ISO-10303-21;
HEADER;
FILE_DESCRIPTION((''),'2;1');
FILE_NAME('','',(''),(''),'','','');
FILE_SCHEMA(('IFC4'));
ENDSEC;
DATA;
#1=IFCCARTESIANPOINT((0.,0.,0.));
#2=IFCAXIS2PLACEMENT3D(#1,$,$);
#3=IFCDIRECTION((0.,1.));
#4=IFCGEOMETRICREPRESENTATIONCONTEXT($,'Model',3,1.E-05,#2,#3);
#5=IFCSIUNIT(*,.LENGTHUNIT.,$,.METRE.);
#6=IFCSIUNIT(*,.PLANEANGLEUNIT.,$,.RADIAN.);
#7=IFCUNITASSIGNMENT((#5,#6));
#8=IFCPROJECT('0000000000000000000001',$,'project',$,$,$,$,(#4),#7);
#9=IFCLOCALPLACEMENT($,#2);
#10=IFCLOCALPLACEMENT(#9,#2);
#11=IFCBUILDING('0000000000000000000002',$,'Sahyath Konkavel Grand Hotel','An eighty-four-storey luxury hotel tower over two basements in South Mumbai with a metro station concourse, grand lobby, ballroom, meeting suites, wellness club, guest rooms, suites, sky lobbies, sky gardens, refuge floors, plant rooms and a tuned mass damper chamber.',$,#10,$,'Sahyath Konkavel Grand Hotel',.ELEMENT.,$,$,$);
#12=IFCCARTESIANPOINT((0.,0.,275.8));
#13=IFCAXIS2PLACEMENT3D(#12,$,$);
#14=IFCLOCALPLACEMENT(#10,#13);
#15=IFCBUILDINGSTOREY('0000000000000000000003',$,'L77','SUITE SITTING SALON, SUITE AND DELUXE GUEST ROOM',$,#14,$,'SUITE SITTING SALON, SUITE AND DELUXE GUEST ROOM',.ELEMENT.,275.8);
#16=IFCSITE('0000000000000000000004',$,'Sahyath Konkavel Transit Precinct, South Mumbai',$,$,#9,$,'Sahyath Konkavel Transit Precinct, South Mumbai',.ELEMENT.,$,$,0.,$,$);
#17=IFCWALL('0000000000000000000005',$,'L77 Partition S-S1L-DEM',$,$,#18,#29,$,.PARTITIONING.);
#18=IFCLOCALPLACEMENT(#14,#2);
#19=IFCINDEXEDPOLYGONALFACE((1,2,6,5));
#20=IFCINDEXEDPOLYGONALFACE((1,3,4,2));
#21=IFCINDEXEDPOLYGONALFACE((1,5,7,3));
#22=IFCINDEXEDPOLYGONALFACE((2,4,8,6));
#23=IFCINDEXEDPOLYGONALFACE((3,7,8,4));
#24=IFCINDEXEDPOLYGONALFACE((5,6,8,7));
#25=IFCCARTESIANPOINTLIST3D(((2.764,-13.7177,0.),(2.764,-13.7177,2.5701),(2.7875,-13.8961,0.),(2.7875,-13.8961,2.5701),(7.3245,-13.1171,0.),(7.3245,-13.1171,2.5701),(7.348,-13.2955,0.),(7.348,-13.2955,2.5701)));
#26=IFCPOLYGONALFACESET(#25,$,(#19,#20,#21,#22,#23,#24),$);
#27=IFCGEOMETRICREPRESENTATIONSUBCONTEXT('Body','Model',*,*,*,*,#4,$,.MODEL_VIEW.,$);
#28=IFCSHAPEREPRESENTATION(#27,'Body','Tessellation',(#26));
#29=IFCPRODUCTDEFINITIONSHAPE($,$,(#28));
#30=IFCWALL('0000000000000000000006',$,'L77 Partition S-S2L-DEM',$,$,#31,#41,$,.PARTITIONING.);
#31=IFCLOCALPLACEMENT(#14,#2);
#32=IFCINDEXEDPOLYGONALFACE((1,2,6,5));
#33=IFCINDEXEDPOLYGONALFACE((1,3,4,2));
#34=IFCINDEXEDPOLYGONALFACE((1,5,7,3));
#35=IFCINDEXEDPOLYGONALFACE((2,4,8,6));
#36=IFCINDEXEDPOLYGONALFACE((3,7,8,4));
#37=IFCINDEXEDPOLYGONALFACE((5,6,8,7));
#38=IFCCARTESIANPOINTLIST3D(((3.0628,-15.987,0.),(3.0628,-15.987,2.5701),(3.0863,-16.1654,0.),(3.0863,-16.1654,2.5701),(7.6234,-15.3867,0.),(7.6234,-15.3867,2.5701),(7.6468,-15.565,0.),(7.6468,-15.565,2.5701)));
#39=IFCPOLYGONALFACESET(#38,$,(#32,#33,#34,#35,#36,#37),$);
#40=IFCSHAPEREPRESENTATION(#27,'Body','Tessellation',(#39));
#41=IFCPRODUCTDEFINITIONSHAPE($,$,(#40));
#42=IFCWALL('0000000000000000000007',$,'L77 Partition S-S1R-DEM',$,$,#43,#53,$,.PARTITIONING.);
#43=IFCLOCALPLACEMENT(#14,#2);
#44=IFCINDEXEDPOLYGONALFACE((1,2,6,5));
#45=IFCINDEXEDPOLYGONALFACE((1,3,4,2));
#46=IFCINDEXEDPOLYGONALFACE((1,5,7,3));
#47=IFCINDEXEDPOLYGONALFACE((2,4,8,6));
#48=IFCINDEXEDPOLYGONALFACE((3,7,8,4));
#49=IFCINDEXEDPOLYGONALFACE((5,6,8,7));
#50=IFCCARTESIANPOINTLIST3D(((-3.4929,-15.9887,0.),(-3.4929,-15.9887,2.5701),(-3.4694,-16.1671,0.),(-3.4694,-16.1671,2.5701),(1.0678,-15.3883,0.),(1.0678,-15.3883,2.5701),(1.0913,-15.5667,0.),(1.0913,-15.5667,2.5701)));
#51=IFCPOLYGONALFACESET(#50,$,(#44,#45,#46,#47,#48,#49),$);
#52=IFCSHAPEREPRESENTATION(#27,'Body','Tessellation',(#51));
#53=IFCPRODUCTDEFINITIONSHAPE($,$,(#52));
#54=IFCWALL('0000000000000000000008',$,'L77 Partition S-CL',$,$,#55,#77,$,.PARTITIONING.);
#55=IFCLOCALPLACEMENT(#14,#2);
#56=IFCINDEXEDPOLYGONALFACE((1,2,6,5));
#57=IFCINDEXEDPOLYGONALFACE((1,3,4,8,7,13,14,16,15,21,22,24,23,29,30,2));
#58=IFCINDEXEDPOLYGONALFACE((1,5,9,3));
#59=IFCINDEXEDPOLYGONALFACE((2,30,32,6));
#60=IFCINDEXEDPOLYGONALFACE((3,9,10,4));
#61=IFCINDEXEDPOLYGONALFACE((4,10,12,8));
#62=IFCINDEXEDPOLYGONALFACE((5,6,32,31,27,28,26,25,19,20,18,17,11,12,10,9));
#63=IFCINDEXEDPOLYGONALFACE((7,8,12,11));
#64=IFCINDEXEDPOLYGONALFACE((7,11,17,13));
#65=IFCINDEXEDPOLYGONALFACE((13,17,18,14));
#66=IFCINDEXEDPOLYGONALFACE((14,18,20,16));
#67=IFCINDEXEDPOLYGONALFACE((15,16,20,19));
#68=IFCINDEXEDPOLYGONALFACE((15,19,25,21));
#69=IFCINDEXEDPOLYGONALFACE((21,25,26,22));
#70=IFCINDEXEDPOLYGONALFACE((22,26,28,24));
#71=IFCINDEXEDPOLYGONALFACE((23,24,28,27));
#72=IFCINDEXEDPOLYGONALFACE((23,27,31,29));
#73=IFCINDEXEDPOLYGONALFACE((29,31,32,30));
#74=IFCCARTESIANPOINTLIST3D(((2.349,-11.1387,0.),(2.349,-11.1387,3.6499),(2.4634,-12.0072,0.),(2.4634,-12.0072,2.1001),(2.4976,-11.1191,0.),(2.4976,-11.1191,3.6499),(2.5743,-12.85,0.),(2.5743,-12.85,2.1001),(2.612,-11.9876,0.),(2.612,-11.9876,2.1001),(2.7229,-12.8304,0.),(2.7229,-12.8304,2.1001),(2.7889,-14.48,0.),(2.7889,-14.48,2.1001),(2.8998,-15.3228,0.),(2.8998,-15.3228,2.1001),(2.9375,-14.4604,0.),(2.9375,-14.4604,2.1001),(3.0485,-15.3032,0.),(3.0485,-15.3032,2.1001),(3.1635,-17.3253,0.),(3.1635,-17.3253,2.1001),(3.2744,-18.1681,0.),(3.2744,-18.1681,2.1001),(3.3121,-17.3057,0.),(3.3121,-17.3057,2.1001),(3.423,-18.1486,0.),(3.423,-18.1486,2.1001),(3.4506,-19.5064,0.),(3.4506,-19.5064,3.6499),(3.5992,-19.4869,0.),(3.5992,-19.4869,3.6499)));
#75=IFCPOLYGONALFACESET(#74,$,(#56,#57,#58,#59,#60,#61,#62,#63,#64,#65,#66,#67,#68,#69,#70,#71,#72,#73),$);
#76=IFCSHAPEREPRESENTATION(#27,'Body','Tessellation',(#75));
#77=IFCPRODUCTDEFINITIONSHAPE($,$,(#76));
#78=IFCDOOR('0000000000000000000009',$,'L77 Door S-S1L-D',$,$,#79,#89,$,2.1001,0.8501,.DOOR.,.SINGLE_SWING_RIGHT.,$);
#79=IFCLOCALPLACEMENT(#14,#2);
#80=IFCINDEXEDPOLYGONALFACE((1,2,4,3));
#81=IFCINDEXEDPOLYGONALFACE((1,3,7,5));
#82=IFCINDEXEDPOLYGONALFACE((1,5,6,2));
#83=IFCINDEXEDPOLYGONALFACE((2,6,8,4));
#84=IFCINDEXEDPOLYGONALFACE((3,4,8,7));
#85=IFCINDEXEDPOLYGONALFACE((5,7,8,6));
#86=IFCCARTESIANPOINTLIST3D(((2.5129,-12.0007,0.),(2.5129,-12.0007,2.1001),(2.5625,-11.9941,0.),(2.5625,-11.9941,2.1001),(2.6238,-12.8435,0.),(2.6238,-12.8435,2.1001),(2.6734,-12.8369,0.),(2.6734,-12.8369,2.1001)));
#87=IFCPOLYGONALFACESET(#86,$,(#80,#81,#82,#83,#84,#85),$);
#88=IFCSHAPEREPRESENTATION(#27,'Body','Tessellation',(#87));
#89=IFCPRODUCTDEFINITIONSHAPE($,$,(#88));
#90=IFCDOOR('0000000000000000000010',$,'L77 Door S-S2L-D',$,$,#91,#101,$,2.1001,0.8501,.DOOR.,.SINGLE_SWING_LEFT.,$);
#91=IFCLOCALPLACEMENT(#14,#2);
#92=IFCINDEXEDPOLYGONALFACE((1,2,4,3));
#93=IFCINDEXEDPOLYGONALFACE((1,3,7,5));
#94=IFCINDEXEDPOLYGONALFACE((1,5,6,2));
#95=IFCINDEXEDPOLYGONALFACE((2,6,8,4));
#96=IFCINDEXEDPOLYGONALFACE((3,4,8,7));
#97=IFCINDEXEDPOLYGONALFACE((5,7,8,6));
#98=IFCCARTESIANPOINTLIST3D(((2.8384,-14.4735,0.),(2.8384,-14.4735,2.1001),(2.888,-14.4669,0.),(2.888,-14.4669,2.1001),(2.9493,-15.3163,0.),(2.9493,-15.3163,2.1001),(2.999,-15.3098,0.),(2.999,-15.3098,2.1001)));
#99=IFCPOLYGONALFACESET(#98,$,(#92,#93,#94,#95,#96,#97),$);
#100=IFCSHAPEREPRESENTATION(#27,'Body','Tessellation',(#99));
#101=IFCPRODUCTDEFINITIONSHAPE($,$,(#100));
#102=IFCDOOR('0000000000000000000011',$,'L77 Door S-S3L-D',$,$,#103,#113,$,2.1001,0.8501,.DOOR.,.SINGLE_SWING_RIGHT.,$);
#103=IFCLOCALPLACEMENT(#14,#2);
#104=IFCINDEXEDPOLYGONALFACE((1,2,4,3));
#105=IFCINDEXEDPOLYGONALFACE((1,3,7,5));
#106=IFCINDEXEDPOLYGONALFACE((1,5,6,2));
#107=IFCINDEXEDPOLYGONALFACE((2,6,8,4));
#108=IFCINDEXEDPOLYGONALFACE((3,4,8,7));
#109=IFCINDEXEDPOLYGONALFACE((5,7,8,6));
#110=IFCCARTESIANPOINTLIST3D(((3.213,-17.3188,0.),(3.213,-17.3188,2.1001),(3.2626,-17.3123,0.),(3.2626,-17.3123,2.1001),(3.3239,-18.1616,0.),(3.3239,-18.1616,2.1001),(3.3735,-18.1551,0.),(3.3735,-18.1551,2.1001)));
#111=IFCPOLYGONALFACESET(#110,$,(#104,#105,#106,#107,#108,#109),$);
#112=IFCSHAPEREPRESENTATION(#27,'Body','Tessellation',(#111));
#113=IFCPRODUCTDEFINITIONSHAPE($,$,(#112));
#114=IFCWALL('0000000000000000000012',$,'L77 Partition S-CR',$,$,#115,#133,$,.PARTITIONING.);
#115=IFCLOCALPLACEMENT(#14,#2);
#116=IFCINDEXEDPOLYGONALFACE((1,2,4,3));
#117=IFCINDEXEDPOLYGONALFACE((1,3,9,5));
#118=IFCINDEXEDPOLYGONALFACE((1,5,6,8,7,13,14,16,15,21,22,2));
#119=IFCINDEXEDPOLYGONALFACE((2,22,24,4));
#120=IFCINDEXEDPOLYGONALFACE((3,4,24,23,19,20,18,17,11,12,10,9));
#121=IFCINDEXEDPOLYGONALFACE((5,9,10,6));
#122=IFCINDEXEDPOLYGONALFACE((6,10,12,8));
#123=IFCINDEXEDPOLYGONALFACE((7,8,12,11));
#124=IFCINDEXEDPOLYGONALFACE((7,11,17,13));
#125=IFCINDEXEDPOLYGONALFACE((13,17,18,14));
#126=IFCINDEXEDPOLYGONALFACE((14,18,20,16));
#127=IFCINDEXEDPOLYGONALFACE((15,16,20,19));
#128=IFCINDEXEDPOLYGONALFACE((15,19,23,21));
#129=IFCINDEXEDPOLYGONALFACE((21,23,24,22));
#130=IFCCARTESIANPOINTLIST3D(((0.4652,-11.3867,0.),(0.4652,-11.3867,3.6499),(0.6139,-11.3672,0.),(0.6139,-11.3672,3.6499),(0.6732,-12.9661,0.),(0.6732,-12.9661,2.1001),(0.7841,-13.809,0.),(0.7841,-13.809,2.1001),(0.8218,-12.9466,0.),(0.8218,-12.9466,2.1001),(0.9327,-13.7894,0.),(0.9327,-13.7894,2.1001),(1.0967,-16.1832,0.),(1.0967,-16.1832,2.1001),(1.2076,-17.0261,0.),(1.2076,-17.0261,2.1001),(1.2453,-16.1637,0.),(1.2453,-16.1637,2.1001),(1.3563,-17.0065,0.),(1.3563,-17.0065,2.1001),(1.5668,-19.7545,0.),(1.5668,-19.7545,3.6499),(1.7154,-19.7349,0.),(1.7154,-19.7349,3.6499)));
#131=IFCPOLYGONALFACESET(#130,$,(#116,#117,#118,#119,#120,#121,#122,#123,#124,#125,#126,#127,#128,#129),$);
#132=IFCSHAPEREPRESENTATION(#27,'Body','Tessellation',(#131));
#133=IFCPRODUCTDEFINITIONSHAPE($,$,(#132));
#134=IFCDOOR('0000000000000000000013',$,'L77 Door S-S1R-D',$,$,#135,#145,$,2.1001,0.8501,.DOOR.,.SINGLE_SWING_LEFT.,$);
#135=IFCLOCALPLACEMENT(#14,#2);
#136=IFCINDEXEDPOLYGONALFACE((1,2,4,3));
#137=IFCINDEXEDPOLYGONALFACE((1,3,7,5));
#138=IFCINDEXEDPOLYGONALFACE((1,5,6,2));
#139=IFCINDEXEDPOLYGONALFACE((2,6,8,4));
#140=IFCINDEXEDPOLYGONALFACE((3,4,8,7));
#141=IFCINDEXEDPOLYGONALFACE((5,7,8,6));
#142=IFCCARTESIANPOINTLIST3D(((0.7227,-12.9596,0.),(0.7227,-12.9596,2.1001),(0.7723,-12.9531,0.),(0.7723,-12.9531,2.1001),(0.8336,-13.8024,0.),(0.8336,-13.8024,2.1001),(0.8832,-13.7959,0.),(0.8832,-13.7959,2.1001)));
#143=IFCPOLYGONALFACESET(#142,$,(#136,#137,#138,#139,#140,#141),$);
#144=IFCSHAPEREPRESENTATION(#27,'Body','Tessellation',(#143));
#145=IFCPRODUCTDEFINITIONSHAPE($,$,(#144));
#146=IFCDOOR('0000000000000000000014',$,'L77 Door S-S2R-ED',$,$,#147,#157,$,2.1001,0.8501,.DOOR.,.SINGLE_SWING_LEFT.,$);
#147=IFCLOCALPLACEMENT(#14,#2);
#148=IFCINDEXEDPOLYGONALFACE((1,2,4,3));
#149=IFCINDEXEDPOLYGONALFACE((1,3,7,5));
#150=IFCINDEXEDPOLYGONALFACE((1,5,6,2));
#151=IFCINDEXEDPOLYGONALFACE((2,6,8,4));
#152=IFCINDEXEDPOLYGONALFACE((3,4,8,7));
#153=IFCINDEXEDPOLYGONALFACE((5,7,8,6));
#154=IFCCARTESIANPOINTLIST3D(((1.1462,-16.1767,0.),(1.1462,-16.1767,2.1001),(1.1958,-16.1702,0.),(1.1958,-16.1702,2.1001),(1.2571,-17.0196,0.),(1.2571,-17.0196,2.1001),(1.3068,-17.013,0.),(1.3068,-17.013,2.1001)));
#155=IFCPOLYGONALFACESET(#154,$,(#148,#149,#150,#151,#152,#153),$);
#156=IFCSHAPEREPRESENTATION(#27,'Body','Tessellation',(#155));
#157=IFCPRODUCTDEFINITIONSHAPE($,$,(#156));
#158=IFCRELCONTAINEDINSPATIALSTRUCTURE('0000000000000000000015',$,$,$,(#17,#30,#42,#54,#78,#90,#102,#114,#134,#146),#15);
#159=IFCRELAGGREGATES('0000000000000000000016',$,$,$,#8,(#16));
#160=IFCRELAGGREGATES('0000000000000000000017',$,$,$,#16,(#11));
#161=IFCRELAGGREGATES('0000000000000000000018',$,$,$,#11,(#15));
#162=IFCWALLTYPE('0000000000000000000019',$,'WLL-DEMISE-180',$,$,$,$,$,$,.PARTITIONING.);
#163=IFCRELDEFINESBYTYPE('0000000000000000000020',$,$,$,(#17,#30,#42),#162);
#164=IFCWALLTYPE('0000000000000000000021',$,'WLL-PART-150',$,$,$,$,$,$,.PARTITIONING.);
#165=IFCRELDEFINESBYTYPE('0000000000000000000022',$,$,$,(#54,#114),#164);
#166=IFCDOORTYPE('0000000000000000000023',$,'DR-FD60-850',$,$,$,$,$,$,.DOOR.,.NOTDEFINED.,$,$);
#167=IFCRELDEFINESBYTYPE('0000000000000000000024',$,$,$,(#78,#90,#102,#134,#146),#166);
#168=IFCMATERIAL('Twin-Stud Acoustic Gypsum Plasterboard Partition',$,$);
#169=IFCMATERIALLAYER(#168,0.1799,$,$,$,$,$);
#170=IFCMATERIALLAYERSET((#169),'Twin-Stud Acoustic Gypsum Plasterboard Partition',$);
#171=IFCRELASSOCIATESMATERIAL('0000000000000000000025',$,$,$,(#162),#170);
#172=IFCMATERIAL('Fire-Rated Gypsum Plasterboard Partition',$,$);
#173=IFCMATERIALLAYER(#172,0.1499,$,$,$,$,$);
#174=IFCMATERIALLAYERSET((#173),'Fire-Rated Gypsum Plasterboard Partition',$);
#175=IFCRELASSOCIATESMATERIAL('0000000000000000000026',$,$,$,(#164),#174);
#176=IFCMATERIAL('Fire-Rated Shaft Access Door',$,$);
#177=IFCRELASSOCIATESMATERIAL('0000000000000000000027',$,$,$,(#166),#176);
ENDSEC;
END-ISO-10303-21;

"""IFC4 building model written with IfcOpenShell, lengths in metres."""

from ifc_helpers import new_model, si_unit, direction, frame, frame_2d, origin, origin_2d, place, context, subcontext, project, spatial, rectangle, extrude, source, transform, mapped, material, layer, layer_set, type_object, element, fill, save


model = new_model("IFC4")

# Units and contexts
model_context = context("Model", 3, precision=1e-05, world=origin(), true_north=direction((0.0, 1.0)))
body_context = subcontext(model_context, "Body", "Model", "MODEL_VIEW")
ifc_project = project(units=[si_unit("LENGTHUNIT", "METRE"), si_unit("PLANEANGLEUNIT", "RADIAN")], contexts=[model_context])

# Site, building, storey
site_placement = place(None, origin())
site = spatial("IfcSite", under=ifc_project, at=site_placement, Name="Sahyath Konkavel Transit Precinct, South Mumbai", LongName="Sahyath Konkavel Transit Precinct, South Mumbai", CompositionType="ELEMENT", RefElevation=0.0)
building_placement = place(site_placement, origin())
building = spatial("IfcBuilding", under=site, at=building_placement, Name="Sahyath Konkavel Grand Hotel", Description="An eighty-four-storey luxury hotel tower over two basements in South Mumbai with a metro station concourse, grand lobby, ballroom, meeting suites, wellness club, guest rooms, suites, sky lobbies, sky gardens, refuge floors, plant rooms and a tuned mass damper chamber.", LongName="Sahyath Konkavel Grand Hotel", CompositionType="ELEMENT")
storey_placement = place(building_placement, frame((0.0, 0.0, 275.8)))
storey = spatial("IfcBuildingStorey", under=building, at=storey_placement, Name="L77", Description="SUITE SITTING SALON, SUITE AND DELUXE GUEST ROOM", LongName="SUITE SITTING SALON, SUITE AND DELUXE GUEST ROOM", CompositionType="ELEMENT", Elevation=275.8)

# Walls
ifc_material_1 = material(Name="Twin-Stud Acoustic Gypsum Plasterboard Partition")
ifc_layer_1 = layer(ifc_material_1, 0.1799)
ifc_layer_set_1 = layer_set([ifc_layer_1], Name="Twin-Stud Acoustic Gypsum Plasterboard Partition")
wall_type_1 = type_object("IfcWallType", Name="WLL-DEMISE-180", PredefinedType="PARTITIONING", material=ifc_layer_set_1)
for number, where, z_axis, x_axis, name in (
    (1, (2.7759, -13.8069, 0.0), (0.0, 0.0, 1.0), (0.99144, 0.130564, 0.0), "L77 Partition S-S1L-DEM"),
    (2, (3.0747, -16.0762, 0.0), (0.0, 0.0, 1.0), (0.991447, 0.130512, 0.0), "L77 Partition S-S2L-DEM"),
):
    element("IfcWall", number, at=place(storey_placement, frame(where, z_axis=z_axis, x_axis=x_axis)), inside=storey, type_object=wall_type_1, Name=name, PredefinedType="PARTITIONING", context=body_context, shape_type="SweptSolid", body=[
        extrude(rectangle(XDim=4.5999, YDim=0.1799, at=frame_2d((2.2998, 0.0))), origin(), (0.0, 0.0, 1.0), 2.5701),
    ])
wall_1_placement = place(storey_placement, frame((1.0796, -15.4775, 0.0), z_axis=(0.0, 0.0, 1.0), x_axis=(-0.991448, -0.130505, 0.0)))
element("IfcWall", 3, at=wall_1_placement, inside=storey, type_object=wall_type_1, Name="L77 Partition S-S1R-DEM", PredefinedType="PARTITIONING", context=body_context, shape_type="SweptSolid", body=[
    extrude(rectangle(XDim=4.6001, YDim=0.1799, at=frame_2d((2.3, 0.0))), origin(), (0.0, 0.0, 1.0), 2.5701),
])

# Walls, openings, doors
ifc_material_2 = material(Name="Fire-Rated Gypsum Plasterboard Partition")
ifc_layer_2 = layer(ifc_material_2, 0.1499)
ifc_layer_set_2 = layer_set([ifc_layer_2], Name="Fire-Rated Gypsum Plasterboard Partition")
wall_type_2 = type_object("IfcWallType", Name="WLL-PART-150", PredefinedType="PARTITIONING", material=ifc_layer_set_2)
wall_2_placement = place(storey_placement, frame((2.4233, -11.1289, 0.0), z_axis=(0.0, 0.0, 1.0), x_axis=(0.130519, -0.991446, 0.0)))
wall_2 = element("IfcWall", 4, at=wall_2_placement, inside=storey, type_object=wall_type_2, Name="L77 Partition S-CL", PredefinedType="PARTITIONING", context=body_context, shape_type="SweptSolid", body=[
    extrude(rectangle(XDim=8.4399, YDim=0.1499, at=frame_2d((4.22, 0.0))), origin(), (0.0, 0.0, 1.0), 3.6499),
])
opening_1_placement = place(wall_2_placement, frame((0.876, 0.0, 0.0)))
opening_1 = element("IfcOpeningElement", 5, at=opening_1_placement, cuts=wall_2, PredefinedType="OPENING", context=body_context, shape_type="SweptSolid", body=[
    extrude(rectangle(XDim=0.8501, YDim=2.1001, at=frame_2d((0.425, 1.05))), frame((0.0, 0.085, 0.0), z_axis=(0.0, -1.0, 0.0), x_axis=(1.0, 0.0, 0.0)), (0.0, 0.0, 1.0), 0.1699),
])
opening_2_placement = place(wall_2_placement, frame((3.3701, 0.0, 0.0)))
opening_2 = element("IfcOpeningElement", 6, at=opening_2_placement, cuts=wall_2, PredefinedType="OPENING", context=body_context, shape_type="SweptSolid", body=[
    extrude(rectangle(XDim=0.8501, YDim=2.1001, at=frame_2d((0.425, 1.05))), frame((0.0, 0.085, 0.0), z_axis=(0.0, -1.0, 0.0), x_axis=(1.0, 0.0, 0.0)), (0.0, 0.0, 1.0), 0.1699),
])
opening_3_placement = place(wall_2_placement, frame((6.24, 0.0, 0.0)))
opening_3 = element("IfcOpeningElement", 7, at=opening_3_placement, cuts=wall_2, PredefinedType="OPENING", context=body_context, shape_type="SweptSolid", body=[
    extrude(rectangle(XDim=0.8501, YDim=2.1001, at=frame_2d((0.425, 1.05))), frame((0.0, 0.085, 0.0), z_axis=(0.0, -1.0, 0.0), x_axis=(1.0, 0.0, 0.0)), (0.0, 0.0, 1.0), 0.1699),
])
ifc_material_3 = material(Name="Fire-Rated Shaft Access Door")
door_type_1 = type_object("IfcDoorType", Name="DR-FD60-850", OperationType="NOTDEFINED", PredefinedType="DOOR", material=ifc_material_3)
shared_shape_1 = source(origin(), body_context, "Body", "SweptSolid", [
    extrude(rectangle(XDim=0.8501, YDim=0.05, at=origin_2d()), origin(), (0.0, 0.0, 1.0), 2.1001),
])
door_1_placement = place(opening_1_placement, frame((0.425, 0.0, 0.0)))
door_1 = element("IfcDoor", 8, at=door_1_placement, inside=storey, type_object=door_type_1, Name="L77 Door S-S1L-D", OperationType="SINGLE_SWING_RIGHT", OverallHeight=2.1001, OverallWidth=0.8501, PredefinedType="DOOR", context=body_context, shape_type="MappedRepresentation", body=[
    mapped(shared_shape_1, transform((0.0, 0.0, 0.0), scale=1.0)),
])
fill(opening_1, door_1)
door_2_placement = place(opening_2_placement, frame((0.425, 0.0, 0.0)))
door_2 = element("IfcDoor", 9, at=door_2_placement, inside=storey, type_object=door_type_1, Name="L77 Door S-S2L-D", OperationType="SINGLE_SWING_LEFT", OverallHeight=2.1001, OverallWidth=0.8501, PredefinedType="DOOR", context=body_context, shape_type="MappedRepresentation", body=[
    mapped(shared_shape_1, transform((0.0, 0.0, 0.0), scale=1.0)),
])
fill(opening_2, door_2)
door_3_placement = place(opening_3_placement, frame((0.425, 0.0, 0.0)))
door_3 = element("IfcDoor", 10, at=door_3_placement, inside=storey, type_object=door_type_1, Name="L77 Door S-S3L-D", OperationType="SINGLE_SWING_RIGHT", OverallHeight=2.1001, OverallWidth=0.8501, PredefinedType="DOOR", context=body_context, shape_type="MappedRepresentation", body=[
    mapped(shared_shape_1, transform((0.0, 0.0, 0.0), scale=1.0)),
])
fill(opening_3, door_3)
wall_3_placement = place(storey_placement, frame((0.5396, -11.377, 0.0), z_axis=(0.0, 0.0, 1.0), x_axis=(0.130519, -0.991446, 0.0)))
wall_3 = element("IfcWall", 11, at=wall_3_placement, inside=storey, type_object=wall_type_2, Name="L77 Partition S-CR", PredefinedType="PARTITIONING", context=body_context, shape_type="SweptSolid", body=[
    extrude(rectangle(XDim=8.4399, YDim=0.1499, at=frame_2d((4.22, 0.0))), origin(), (0.0, 0.0, 1.0), 3.6499),
])
opening_4_placement = place(wall_3_placement, frame((1.593, 0.0, 0.0)))
opening_4 = element("IfcOpeningElement", 12, at=opening_4_placement, cuts=wall_3, PredefinedType="OPENING", context=body_context, shape_type="SweptSolid", body=[
    extrude(rectangle(XDim=0.8501, YDim=2.1001, at=frame_2d((0.425, 1.05))), frame((0.0, 0.085, 0.0), z_axis=(0.0, -1.0, 0.0), x_axis=(1.0, 0.0, 0.0)), (0.0, 0.0, 1.0), 0.1699),
])
opening_5_placement = place(wall_3_placement, frame((4.8379, 0.0, 0.0)))
opening_5 = element("IfcOpeningElement", 13, at=opening_5_placement, cuts=wall_3, PredefinedType="OPENING", context=body_context, shape_type="SweptSolid", body=[
    extrude(rectangle(XDim=0.8501, YDim=2.1001, at=frame_2d((0.425, 1.05))), frame((0.0, 0.085, 0.0), z_axis=(0.0, -1.0, 0.0), x_axis=(1.0, 0.0, 0.0)), (0.0, 0.0, 1.0), 0.1699),
])
door_4_placement = place(opening_4_placement, frame((0.425, 0.0, 0.0)))
door_4 = element("IfcDoor", 14, at=door_4_placement, inside=storey, type_object=door_type_1, Name="L77 Door S-S1R-D", OperationType="SINGLE_SWING_LEFT", OverallHeight=2.1001, OverallWidth=0.8501, PredefinedType="DOOR", context=body_context, shape_type="MappedRepresentation", body=[
    mapped(shared_shape_1, transform((0.0, 0.0, 0.0), scale=1.0)),
])
fill(opening_4, door_4)
door_5_placement = place(opening_5_placement, frame((0.425, 0.0, 0.0)))
door_5 = element("IfcDoor", 15, at=door_5_placement, inside=storey, type_object=door_type_1, Name="L77 Door S-S2R-ED", OperationType="SINGLE_SWING_LEFT", OverallHeight=2.1001, OverallWidth=0.8501, PredefinedType="DOOR", context=body_context, shape_type="MappedRepresentation", body=[
    mapped(shared_shape_1, transform((0.0, 0.0, 0.0), scale=1.0)),
])
fill(opening_5, door_5)

save(model, "model.ifc")
